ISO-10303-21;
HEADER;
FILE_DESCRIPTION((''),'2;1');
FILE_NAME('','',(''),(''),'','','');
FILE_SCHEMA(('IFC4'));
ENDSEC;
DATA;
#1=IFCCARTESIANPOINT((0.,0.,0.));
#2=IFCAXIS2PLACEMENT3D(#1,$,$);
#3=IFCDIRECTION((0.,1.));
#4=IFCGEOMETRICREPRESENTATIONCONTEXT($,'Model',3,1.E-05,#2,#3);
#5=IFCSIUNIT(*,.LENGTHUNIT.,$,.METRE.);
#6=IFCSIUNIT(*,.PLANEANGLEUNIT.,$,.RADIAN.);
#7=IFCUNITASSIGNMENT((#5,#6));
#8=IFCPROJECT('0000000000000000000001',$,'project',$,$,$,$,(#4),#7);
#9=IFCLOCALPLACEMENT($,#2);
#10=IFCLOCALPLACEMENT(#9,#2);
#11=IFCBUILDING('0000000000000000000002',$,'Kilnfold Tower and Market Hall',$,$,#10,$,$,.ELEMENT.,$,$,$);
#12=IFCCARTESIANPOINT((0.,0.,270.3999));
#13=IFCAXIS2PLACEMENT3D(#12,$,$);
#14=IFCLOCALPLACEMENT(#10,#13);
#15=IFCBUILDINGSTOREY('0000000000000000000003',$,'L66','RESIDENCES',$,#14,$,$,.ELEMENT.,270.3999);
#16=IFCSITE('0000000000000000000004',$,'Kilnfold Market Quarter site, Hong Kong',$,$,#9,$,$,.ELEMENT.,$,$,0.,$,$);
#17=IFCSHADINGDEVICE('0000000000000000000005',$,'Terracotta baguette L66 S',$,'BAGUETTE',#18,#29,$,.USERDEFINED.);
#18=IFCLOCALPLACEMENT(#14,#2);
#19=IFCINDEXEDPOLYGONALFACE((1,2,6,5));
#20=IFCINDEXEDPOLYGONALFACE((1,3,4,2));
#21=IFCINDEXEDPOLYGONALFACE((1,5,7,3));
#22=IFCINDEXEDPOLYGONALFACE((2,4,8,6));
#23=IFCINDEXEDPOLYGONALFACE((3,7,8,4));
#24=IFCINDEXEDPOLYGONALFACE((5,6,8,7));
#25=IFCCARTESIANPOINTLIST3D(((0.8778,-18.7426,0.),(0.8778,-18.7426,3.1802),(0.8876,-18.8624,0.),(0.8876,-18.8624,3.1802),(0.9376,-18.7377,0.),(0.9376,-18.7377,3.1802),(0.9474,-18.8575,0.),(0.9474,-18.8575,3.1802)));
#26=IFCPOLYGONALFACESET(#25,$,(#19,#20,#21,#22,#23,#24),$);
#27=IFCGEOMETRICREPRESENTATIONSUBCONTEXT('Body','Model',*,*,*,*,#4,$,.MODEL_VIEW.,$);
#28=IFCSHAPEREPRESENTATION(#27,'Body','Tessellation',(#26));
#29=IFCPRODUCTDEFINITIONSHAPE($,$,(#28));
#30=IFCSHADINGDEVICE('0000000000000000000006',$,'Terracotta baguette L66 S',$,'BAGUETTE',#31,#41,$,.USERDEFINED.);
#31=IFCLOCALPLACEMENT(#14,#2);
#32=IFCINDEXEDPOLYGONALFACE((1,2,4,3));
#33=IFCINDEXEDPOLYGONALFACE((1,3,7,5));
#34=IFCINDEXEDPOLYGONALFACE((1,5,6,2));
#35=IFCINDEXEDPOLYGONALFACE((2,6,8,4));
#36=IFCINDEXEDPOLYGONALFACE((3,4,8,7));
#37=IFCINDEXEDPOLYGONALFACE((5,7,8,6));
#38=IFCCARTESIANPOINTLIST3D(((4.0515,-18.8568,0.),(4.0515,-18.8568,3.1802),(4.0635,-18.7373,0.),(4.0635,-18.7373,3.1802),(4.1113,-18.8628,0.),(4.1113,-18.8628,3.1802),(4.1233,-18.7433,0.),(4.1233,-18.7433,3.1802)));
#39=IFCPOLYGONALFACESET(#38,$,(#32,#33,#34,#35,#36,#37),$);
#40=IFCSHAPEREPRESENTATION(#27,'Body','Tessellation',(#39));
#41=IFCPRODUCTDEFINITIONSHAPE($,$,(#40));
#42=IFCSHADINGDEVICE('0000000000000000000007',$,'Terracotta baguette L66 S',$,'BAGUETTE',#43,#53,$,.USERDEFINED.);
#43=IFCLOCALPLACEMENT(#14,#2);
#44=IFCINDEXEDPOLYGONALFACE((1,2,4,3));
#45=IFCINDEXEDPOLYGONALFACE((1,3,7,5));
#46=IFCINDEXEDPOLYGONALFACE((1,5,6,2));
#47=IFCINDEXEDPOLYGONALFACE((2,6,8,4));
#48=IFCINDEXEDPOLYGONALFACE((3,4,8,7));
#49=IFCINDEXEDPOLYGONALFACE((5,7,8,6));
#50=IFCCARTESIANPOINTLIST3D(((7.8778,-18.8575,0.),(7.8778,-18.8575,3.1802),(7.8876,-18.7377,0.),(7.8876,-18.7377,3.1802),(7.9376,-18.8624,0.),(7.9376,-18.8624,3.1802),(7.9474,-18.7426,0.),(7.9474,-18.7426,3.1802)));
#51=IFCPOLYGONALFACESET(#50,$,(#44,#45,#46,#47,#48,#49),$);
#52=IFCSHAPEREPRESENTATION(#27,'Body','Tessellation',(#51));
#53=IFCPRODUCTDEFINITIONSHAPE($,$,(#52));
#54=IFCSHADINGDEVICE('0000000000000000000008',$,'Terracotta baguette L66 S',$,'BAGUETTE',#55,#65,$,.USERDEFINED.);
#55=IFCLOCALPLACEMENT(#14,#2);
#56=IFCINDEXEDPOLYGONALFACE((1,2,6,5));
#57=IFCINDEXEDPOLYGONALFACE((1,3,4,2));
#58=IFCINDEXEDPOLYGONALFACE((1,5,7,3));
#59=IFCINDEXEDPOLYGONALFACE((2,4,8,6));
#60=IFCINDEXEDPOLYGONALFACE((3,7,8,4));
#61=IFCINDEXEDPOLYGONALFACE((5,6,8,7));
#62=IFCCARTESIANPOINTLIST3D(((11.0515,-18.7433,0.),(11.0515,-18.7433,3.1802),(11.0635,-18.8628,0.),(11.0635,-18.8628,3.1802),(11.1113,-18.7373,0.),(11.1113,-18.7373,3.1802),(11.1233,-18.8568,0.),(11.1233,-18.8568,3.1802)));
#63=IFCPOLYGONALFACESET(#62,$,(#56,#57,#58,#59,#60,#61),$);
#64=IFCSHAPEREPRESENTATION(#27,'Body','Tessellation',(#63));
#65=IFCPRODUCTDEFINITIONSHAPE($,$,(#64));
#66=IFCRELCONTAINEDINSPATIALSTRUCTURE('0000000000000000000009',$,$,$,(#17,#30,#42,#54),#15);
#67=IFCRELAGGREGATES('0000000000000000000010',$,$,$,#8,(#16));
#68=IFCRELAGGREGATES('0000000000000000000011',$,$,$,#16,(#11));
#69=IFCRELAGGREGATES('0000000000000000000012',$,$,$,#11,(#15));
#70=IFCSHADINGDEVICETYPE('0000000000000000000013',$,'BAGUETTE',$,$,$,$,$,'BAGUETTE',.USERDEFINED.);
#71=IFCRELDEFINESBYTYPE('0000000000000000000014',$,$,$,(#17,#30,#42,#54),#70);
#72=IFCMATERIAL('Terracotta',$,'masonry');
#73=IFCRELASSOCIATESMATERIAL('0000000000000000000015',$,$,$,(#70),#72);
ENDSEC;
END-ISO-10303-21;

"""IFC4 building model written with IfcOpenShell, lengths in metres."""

from ifc_helpers import new_model, si_unit, direction, frame, origin, origin_2d, place, context, subcontext, project, spatial, rectangle, extrude, source, transform, mapped, material, material_profile, profile_set, type_object, element, save


model = new_model("IFC4")

# Units and contexts
model_context = context("Model", 3, precision=1e-05, world=origin(), true_north=direction((0.0, 1.0)))
body_context = subcontext(model_context, "Body", "Model", "MODEL_VIEW")
ifc_project = project(units=[si_unit("LENGTHUNIT", "METRE"), si_unit("PLANEANGLEUNIT", "RADIAN")], contexts=[model_context])

# Site, building, storey
site_placement = place(None, origin())
site = spatial("IfcSite", under=ifc_project, at=site_placement, Name="Kilnfold Market Quarter site, Hong Kong", CompositionType="ELEMENT", RefElevation=0.0)
building_placement = place(site_placement, origin())
building = spatial("IfcBuilding", under=site, at=building_placement, Name="Kilnfold Tower and Market Hall", CompositionType="ELEMENT")
storey_placement = place(building_placement, frame((0.0, 0.0, 270.3999)))
storey = spatial("IfcBuildingStorey", under=building, at=storey_placement, Name="L66", Description="RESIDENCES", CompositionType="ELEMENT", Elevation=270.3999)

# Shading devices
ifc_material_1 = material(Name="Terracotta", Category="masonry")
ifc_material_profile_1 = material_profile(ifc_material_1, rectangle(XDim=0.0601, YDim=0.1201, at=origin_2d()), Name="BAG 60x120")
ifc_profile_set_1 = profile_set([ifc_material_profile_1], Name="Terracotta")
shading_device_type = type_object("IfcShadingDeviceType", Name="BAGUETTE", ElementType="BAGUETTE", PredefinedType="USERDEFINED", material=ifc_profile_set_1)
shared_shape_1 = source(origin(), body_context, "Body", "SweptSolid", [
    extrude(rectangle(XDim=0.0601, YDim=0.1201, at=origin_2d()), origin(), (0.0, 0.0, 1.0), 3.1802),
])
for number, where, z_axis, x_axis, name in (
    (1, (0.9126, -18.8, 0.0), (0.0, 0.0, 1.0), (0.996669, 0.081549, 0.0), "Terracotta baguette L66 S"),
    (2, (4.0874, -18.8, 0.0), (0.0, 0.0, 1.0), (0.994984, -0.100037, 0.0), "Terracotta baguette L66 S"),
    (3, (7.9126, -18.8, 0.0), (0.0, 0.0, 1.0), (0.996669, -0.081549, 0.0), "Terracotta baguette L66 S"),
    (4, (11.0874, -18.8, 0.0), (0.0, 0.0, 1.0), (0.994984, 0.100037, 0.0), "Terracotta baguette L66 S"),
):
    element("IfcShadingDevice", number, at=place(storey_placement, frame(where, z_axis=z_axis, x_axis=x_axis)), inside=storey, type_object=shading_device_type, Name=name, ObjectType="BAGUETTE", PredefinedType="USERDEFINED", context=body_context, shape_type="MappedRepresentation", body=[
        mapped(shared_shape_1, transform((0.0, 0.0, 0.0))),
    ])

save(model, "model.ifc")
